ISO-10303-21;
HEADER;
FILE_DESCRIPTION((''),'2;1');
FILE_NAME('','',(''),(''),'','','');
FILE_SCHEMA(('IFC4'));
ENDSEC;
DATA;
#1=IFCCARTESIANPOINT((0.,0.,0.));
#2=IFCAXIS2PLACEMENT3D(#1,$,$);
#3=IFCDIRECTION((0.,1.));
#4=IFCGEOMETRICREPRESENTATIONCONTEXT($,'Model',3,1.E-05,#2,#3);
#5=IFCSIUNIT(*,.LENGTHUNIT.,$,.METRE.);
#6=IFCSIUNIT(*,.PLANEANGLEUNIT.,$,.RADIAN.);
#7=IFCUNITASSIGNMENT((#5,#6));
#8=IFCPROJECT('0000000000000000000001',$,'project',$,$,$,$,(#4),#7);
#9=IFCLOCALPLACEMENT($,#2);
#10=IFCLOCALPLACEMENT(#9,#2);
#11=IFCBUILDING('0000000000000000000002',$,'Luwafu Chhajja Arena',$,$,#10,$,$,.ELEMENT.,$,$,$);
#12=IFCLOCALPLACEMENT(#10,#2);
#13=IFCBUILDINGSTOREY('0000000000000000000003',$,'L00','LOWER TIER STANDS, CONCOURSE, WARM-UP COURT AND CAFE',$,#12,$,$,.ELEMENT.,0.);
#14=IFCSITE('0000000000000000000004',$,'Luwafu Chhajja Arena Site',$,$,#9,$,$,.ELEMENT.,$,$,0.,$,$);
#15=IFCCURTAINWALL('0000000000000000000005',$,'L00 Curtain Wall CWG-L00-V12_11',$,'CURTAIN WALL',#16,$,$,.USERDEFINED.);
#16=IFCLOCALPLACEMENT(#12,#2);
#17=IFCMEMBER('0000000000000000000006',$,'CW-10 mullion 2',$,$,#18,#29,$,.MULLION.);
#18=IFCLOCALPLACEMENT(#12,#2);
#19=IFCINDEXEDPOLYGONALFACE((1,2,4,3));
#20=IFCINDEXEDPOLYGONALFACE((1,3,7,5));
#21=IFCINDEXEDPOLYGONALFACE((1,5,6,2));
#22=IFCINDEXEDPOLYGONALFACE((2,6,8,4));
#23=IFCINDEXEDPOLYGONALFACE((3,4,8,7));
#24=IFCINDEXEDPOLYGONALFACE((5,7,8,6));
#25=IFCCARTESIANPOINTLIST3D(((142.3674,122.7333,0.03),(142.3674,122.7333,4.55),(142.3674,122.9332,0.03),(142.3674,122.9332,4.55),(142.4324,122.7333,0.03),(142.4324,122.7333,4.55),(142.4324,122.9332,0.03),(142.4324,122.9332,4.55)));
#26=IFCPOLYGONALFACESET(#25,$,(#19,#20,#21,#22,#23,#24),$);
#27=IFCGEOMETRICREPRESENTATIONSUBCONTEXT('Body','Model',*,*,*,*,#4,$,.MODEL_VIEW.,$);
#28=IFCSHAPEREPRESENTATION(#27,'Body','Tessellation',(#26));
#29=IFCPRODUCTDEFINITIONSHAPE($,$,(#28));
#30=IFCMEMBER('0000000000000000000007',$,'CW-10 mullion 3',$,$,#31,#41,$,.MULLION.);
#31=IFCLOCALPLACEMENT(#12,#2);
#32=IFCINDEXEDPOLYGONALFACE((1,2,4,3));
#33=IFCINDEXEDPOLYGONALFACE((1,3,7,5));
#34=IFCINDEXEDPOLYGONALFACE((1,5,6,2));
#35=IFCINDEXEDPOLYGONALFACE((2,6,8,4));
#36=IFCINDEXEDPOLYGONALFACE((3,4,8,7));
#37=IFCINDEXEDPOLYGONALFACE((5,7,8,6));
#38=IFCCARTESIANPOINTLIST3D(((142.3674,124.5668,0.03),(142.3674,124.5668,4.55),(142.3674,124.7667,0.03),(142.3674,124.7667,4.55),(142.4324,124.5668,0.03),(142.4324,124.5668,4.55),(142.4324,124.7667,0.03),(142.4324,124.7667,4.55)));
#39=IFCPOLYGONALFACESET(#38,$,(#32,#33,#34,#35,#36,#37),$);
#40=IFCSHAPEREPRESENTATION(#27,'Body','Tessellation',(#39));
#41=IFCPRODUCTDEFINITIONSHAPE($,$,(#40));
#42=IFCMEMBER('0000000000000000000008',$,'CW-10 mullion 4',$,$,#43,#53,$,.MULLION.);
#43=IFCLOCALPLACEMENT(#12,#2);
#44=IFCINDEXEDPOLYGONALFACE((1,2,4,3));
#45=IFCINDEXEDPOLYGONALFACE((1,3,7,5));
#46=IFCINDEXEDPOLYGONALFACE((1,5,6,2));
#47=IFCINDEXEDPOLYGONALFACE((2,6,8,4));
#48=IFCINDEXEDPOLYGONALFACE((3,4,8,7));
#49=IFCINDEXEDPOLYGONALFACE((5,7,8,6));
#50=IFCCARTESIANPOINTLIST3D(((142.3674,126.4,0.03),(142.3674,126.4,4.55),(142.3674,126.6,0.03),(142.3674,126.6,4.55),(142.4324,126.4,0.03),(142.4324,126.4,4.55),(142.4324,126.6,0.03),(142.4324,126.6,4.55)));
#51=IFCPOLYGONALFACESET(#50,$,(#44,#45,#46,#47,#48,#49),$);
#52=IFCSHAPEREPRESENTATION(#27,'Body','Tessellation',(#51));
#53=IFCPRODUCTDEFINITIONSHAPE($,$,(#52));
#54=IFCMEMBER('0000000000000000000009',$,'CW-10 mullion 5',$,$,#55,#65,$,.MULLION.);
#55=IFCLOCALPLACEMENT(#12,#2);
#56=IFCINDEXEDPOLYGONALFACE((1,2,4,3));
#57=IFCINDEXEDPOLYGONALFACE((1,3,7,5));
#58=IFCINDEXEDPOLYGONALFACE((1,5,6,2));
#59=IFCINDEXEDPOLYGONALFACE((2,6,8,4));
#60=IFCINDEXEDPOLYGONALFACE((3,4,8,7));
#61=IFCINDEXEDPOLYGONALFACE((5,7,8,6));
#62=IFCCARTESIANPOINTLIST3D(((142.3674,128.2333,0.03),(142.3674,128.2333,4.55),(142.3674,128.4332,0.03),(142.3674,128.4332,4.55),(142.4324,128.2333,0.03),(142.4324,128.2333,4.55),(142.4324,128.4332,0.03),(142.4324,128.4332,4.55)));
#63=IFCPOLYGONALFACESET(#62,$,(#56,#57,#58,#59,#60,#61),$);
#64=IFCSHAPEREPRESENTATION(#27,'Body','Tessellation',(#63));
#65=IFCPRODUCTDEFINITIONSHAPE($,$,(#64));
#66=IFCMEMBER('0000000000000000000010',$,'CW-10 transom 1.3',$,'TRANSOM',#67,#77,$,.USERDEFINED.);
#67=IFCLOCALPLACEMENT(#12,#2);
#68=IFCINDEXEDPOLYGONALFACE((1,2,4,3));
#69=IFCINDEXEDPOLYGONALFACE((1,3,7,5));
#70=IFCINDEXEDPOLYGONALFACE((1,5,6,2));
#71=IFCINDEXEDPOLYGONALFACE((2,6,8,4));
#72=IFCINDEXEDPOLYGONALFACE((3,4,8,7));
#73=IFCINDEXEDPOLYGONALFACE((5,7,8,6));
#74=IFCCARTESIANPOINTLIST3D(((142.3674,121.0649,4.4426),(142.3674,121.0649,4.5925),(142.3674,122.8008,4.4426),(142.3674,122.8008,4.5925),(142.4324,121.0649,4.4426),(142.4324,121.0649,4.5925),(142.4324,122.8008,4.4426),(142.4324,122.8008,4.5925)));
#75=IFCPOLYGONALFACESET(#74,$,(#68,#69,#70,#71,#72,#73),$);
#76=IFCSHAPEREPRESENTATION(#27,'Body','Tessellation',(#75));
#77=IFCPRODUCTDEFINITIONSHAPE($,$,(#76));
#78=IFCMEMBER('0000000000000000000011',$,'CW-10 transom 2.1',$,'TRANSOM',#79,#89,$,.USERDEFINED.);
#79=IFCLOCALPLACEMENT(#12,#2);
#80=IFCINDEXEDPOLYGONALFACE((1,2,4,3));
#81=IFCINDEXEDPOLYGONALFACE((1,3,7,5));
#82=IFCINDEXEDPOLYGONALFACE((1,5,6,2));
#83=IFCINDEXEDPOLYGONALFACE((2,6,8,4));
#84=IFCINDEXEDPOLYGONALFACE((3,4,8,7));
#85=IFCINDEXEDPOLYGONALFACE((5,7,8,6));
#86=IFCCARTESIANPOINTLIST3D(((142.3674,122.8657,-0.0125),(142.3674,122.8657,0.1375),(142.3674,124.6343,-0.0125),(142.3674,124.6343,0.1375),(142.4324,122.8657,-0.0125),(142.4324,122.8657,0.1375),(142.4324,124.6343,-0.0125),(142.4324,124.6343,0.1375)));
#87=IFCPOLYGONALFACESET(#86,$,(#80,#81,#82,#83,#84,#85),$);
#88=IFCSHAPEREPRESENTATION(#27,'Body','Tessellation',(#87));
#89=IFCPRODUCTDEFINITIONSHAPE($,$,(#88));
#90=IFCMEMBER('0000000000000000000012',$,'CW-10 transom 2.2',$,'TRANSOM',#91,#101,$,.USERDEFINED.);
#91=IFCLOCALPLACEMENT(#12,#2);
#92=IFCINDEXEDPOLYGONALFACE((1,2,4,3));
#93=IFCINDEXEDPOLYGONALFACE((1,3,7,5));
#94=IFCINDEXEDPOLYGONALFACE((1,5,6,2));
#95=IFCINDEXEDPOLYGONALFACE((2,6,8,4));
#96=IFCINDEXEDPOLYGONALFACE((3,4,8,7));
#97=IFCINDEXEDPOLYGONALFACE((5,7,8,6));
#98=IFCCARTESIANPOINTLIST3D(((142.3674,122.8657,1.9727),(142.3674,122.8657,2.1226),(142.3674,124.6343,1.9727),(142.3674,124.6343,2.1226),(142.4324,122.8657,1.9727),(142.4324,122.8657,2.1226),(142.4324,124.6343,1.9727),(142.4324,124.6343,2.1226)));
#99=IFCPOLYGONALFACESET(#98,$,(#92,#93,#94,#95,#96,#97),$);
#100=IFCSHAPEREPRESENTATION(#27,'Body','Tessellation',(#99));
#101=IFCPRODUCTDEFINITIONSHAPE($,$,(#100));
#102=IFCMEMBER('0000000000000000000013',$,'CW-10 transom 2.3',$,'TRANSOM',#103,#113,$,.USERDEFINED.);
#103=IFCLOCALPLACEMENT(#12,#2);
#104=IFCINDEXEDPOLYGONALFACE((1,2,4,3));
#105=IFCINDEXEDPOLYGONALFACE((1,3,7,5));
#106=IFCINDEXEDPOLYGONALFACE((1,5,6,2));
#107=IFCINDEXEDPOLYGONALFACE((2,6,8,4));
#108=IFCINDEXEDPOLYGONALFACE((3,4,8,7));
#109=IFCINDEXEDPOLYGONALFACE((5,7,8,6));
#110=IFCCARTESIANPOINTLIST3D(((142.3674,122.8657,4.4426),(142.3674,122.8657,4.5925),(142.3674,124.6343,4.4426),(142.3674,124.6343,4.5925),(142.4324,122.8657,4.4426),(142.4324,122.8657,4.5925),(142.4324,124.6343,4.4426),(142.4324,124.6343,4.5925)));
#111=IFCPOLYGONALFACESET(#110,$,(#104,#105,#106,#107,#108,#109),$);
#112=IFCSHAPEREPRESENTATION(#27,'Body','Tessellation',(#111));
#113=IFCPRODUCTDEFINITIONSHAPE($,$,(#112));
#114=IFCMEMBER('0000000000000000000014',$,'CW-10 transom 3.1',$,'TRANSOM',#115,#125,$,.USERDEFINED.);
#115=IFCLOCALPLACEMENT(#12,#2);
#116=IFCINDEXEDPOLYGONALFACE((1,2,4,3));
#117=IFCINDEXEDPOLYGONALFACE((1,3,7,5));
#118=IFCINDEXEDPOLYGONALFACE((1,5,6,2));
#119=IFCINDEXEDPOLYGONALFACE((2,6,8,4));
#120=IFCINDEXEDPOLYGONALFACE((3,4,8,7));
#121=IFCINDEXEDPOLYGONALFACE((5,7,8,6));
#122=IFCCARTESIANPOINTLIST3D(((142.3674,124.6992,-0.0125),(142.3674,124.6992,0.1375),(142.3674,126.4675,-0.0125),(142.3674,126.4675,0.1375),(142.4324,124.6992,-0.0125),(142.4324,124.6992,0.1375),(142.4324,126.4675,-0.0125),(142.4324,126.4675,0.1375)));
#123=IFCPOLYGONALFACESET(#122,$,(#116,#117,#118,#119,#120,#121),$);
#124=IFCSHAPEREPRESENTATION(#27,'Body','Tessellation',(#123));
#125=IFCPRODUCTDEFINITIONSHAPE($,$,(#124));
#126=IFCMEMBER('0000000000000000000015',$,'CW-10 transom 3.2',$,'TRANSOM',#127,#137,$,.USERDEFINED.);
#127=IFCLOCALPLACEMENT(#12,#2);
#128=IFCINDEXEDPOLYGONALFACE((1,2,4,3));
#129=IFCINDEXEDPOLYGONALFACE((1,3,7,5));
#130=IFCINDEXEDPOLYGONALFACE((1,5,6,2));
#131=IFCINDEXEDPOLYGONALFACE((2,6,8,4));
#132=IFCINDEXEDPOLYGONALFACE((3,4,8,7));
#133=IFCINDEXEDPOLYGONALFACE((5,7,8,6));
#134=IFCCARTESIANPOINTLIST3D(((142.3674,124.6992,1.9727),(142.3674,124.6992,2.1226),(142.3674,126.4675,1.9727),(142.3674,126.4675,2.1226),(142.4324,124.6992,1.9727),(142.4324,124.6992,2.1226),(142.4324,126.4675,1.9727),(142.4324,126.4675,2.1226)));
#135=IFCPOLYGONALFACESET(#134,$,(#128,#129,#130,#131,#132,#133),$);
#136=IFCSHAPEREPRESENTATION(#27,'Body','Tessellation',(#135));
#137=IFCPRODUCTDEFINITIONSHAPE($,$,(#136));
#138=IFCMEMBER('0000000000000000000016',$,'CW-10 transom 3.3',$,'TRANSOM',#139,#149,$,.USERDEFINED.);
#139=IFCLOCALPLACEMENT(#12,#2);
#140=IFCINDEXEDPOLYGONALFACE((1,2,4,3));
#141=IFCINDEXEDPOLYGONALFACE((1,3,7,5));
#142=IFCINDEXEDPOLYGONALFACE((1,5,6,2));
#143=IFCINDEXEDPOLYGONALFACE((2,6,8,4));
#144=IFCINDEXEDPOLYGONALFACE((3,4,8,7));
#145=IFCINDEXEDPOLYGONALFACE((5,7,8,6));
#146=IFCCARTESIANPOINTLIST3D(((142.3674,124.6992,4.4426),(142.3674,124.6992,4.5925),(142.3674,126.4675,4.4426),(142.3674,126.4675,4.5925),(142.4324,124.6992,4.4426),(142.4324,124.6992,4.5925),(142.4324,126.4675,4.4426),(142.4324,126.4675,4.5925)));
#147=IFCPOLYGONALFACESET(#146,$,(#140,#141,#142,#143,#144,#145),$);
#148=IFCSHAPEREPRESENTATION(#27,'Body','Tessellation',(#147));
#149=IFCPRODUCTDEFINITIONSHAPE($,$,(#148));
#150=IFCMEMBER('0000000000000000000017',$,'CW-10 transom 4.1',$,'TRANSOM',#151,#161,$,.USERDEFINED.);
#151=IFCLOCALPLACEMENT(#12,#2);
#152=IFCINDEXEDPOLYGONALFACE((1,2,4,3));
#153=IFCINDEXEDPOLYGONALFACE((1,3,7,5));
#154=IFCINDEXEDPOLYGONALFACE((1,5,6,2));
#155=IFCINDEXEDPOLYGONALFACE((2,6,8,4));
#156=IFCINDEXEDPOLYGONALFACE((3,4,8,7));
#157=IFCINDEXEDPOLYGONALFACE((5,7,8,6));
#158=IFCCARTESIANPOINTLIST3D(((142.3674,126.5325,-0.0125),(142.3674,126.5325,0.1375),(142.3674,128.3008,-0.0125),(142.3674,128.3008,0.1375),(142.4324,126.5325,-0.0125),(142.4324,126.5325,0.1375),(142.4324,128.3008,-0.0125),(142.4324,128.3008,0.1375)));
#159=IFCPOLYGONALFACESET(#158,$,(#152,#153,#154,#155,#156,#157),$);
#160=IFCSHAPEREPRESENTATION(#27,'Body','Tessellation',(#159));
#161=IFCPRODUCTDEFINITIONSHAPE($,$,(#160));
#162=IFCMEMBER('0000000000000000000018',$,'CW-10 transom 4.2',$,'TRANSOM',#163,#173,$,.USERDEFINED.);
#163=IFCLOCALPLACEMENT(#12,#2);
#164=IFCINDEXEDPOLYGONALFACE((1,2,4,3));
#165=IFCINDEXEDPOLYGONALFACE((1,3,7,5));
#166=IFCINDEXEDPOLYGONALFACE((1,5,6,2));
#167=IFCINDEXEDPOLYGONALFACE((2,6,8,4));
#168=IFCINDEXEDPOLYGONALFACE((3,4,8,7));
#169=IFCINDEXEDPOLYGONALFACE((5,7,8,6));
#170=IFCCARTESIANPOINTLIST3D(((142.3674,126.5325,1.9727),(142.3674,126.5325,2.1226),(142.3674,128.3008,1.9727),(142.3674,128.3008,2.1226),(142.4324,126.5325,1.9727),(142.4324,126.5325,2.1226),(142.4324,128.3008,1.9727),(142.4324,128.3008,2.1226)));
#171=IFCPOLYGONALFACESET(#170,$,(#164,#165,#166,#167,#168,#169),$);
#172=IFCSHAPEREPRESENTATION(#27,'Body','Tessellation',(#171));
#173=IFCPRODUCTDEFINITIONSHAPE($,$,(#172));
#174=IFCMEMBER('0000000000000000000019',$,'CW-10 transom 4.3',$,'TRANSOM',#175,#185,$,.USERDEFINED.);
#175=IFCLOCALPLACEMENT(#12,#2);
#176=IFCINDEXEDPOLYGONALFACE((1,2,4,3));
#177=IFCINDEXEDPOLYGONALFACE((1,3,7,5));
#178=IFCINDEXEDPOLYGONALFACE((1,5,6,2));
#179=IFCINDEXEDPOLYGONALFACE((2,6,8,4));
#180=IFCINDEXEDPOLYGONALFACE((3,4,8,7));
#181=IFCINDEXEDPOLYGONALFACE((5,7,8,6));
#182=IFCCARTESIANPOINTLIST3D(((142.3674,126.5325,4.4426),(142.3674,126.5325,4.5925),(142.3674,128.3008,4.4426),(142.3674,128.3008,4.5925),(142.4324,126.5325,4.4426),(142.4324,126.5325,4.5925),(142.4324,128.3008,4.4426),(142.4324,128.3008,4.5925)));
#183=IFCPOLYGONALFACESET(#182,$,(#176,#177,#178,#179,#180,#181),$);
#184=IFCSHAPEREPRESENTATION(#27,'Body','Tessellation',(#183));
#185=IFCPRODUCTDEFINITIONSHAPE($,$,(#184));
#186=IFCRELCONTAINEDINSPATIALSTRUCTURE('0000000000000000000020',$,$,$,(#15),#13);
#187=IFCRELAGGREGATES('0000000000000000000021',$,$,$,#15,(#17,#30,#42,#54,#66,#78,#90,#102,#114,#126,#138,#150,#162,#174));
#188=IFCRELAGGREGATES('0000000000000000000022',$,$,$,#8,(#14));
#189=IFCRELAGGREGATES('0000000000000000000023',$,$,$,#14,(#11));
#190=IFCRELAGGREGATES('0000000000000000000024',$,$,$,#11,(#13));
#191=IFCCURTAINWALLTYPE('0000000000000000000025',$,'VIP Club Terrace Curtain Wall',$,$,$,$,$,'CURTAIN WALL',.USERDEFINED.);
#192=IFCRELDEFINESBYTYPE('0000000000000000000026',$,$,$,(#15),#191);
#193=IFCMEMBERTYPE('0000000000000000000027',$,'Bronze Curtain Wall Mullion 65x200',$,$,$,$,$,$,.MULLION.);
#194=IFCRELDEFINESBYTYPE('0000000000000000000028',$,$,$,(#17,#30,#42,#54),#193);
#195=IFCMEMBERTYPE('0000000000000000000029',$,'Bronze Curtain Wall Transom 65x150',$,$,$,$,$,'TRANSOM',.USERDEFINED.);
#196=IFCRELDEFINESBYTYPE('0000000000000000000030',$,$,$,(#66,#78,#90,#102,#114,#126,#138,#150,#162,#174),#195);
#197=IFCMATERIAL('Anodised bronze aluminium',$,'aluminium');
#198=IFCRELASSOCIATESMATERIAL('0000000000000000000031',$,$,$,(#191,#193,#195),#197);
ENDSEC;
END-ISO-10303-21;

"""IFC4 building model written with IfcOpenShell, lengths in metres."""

from ifc_helpers import new_model, si_unit, direction, frame, origin, origin_2d, place, context, subcontext, project, spatial, rectangle, extrude, material, material_profile, profile_set, type_object, element, aggregate, save


model = new_model("IFC4")

# Units and contexts
model_context = context("Model", 3, precision=1e-05, world=origin(), true_north=direction((0.0, 1.0)))
body_context = subcontext(model_context, "Body", "Model", "MODEL_VIEW")
ifc_project = project(units=[si_unit("LENGTHUNIT", "METRE"), si_unit("PLANEANGLEUNIT", "RADIAN")], contexts=[model_context])

# Site, building, storey
site_placement = place(None, origin())
site = spatial("IfcSite", under=ifc_project, at=site_placement, Name="Luwafu Chhajja Arena Site", CompositionType="ELEMENT", RefElevation=0.0)
building_placement = place(site_placement, origin())
building = spatial("IfcBuilding", under=site, at=building_placement, Name="Luwafu Chhajja Arena", CompositionType="ELEMENT")
storey_placement = place(building_placement, origin())
storey = spatial("IfcBuildingStorey", under=building, at=storey_placement, Name="L00", Description="LOWER TIER STANDS, CONCOURSE, WARM-UP COURT AND CAFE", CompositionType="ELEMENT", Elevation=0.0)

# Curtain wall, members
ifc_material_1 = material(Name="Anodised bronze aluminium", Category="aluminium")
curtain_wall_type = type_object("IfcCurtainWallType", Name="VIP Club Terrace Curtain Wall", ElementType="CURTAIN WALL", PredefinedType="USERDEFINED", material=ifc_material_1)
curtain_wall_placement = place(storey_placement, origin())
curtain_wall = element("IfcCurtainWall", 1, at=curtain_wall_placement, inside=storey, type_object=curtain_wall_type, Name="L00 Curtain Wall CWG-L00-V12_11", ObjectType="CURTAIN WALL", PredefinedType="USERDEFINED")
ifc_material_profile_1 = material_profile(ifc_material_1, rectangle(XDim=0.0649, YDim=0.2, at=origin_2d()), Name="CWM 65x200")
ifc_profile_set_1 = profile_set([ifc_material_profile_1], Name="Anodised bronze aluminium")
member_type_1 = type_object("IfcMemberType", Name="Bronze Curtain Wall Mullion 65x200", PredefinedType="MULLION", material=ifc_profile_set_1)
member_1_placement = place(storey_placement, frame((142.3999, 122.8333, 0.03), z_axis=(0.0, 0.0, 1.0), x_axis=(-1.0, 0.0, 0.0)))
member_1 = element("IfcMember", 2, at=member_1_placement, type_object=member_type_1, Name="CW-10 mullion 2", PredefinedType="MULLION", context=body_context, shape_type="SweptSolid", body=[
    extrude(rectangle(XDim=0.0649, YDim=0.2, at=origin_2d()), origin(), (0.0, 0.0, 1.0), 4.52),
])
member_2_placement = place(storey_placement, frame((142.3999, 124.6667, 0.03), z_axis=(0.0, 0.0, 1.0), x_axis=(-1.0, 0.0, 0.0)))
member_2 = element("IfcMember", 3, at=member_2_placement, type_object=member_type_1, Name="CW-10 mullion 3", PredefinedType="MULLION", context=body_context, shape_type="SweptSolid", body=[
    extrude(rectangle(XDim=0.0649, YDim=0.2, at=origin_2d()), origin(), (0.0, 0.0, 1.0), 4.52),
])
member_3_placement = place(storey_placement, frame((142.3999, 126.5, 0.03), z_axis=(0.0, 0.0, 1.0), x_axis=(-1.0, 0.0, 0.0)))
member_3 = element("IfcMember", 4, at=member_3_placement, type_object=member_type_1, Name="CW-10 mullion 4", PredefinedType="MULLION", context=body_context, shape_type="SweptSolid", body=[
    extrude(rectangle(XDim=0.0649, YDim=0.2, at=origin_2d()), origin(), (0.0, 0.0, 1.0), 4.52),
])
member_4_placement = place(storey_placement, frame((142.3999, 128.3333, 0.03), z_axis=(0.0, 0.0, 1.0), x_axis=(-1.0, 0.0, 0.0)))
member_4 = element("IfcMember", 5, at=member_4_placement, type_object=member_type_1, Name="CW-10 mullion 5", PredefinedType="MULLION", context=body_context, shape_type="SweptSolid", body=[
    extrude(rectangle(XDim=0.0649, YDim=0.2, at=origin_2d()), origin(), (0.0, 0.0, 1.0), 4.52),
])
ifc_material_profile_2 = material_profile(ifc_material_1, rectangle(XDim=0.0649, YDim=0.1499, at=origin_2d()), Name="CWT 65x150")
ifc_profile_set_2 = profile_set([ifc_material_profile_2], Name="Anodised bronze aluminium")
member_type_2 = type_object("IfcMemberType", Name="Bronze Curtain Wall Transom 65x150", ElementType="TRANSOM", PredefinedType="USERDEFINED", material=ifc_profile_set_2)
member_5_placement = place(storey_placement, frame((142.3999, 121.0649, 4.5176), z_axis=(0.0, 1.0, 0.0), x_axis=(-1.0, 0.0, 0.0)))
member_5 = element("IfcMember", 6, at=member_5_placement, type_object=member_type_2, Name="CW-10 transom 1.3", ObjectType="TRANSOM", PredefinedType="USERDEFINED", context=body_context, shape_type="SweptSolid", body=[
    extrude(rectangle(XDim=0.0649, YDim=0.1499, at=origin_2d()), origin(), (0.0, 0.0, 1.0), 1.7358),
])
member_6_placement = place(storey_placement, frame((142.3999, 122.8657, 0.0625), z_axis=(0.0, 1.0, 0.0), x_axis=(-1.0, 0.0, 0.0)))
member_6 = element("IfcMember", 7, at=member_6_placement, type_object=member_type_2, Name="CW-10 transom 2.1", ObjectType="TRANSOM", PredefinedType="USERDEFINED", context=body_context, shape_type="SweptSolid", body=[
    extrude(rectangle(XDim=0.0649, YDim=0.1499, at=origin_2d()), origin(), (0.0, 0.0, 1.0), 1.7686),
])
member_7_placement = place(storey_placement, frame((142.3999, 122.8657, 2.0476), z_axis=(0.0, 1.0, 0.0), x_axis=(-1.0, 0.0, 0.0)))
member_7 = element("IfcMember", 8, at=member_7_placement, type_object=member_type_2, Name="CW-10 transom 2.2", ObjectType="TRANSOM", PredefinedType="USERDEFINED", context=body_context, shape_type="SweptSolid", body=[
    extrude(rectangle(XDim=0.0649, YDim=0.1499, at=origin_2d()), origin(), (0.0, 0.0, 1.0), 1.7686),
])
member_8_placement = place(storey_placement, frame((142.3999, 122.8657, 4.5176), z_axis=(0.0, 1.0, 0.0), x_axis=(-1.0, 0.0, 0.0)))
member_8 = element("IfcMember", 9, at=member_8_placement, type_object=member_type_2, Name="CW-10 transom 2.3", ObjectType="TRANSOM", PredefinedType="USERDEFINED", context=body_context, shape_type="SweptSolid", body=[
    extrude(rectangle(XDim=0.0649, YDim=0.1499, at=origin_2d()), origin(), (0.0, 0.0, 1.0), 1.7686),
])
member_9_placement = place(storey_placement, frame((142.3999, 124.6992, 0.0625), z_axis=(0.0, 1.0, 0.0), x_axis=(-1.0, 0.0, 0.0)))
member_9 = element("IfcMember", 10, at=member_9_placement, type_object=member_type_2, Name="CW-10 transom 3.1", ObjectType="TRANSOM", PredefinedType="USERDEFINED", context=body_context, shape_type="SweptSolid", body=[
    extrude(rectangle(XDim=0.0649, YDim=0.1499, at=origin_2d()), origin(), (0.0, 0.0, 1.0), 1.7683),
])
member_10_placement = place(storey_placement, frame((142.3999, 124.6992, 2.0476), z_axis=(0.0, 1.0, 0.0), x_axis=(-1.0, 0.0, 0.0)))
member_10 = element("IfcMember", 11, at=member_10_placement, type_object=member_type_2, Name="CW-10 transom 3.2", ObjectType="TRANSOM", PredefinedType="USERDEFINED", context=body_context, shape_type="SweptSolid", body=[
    extrude(rectangle(XDim=0.0649, YDim=0.1499, at=origin_2d()), origin(), (0.0, 0.0, 1.0), 1.7683),
])
member_11_placement = place(storey_placement, frame((142.3999, 124.6992, 4.5176), z_axis=(0.0, 1.0, 0.0), x_axis=(-1.0, 0.0, 0.0)))
member_11 = element("IfcMember", 12, at=member_11_placement, type_object=member_type_2, Name="CW-10 transom 3.3", ObjectType="TRANSOM", PredefinedType="USERDEFINED", context=body_context, shape_type="SweptSolid", body=[
    extrude(rectangle(XDim=0.0649, YDim=0.1499, at=origin_2d()), origin(), (0.0, 0.0, 1.0), 1.7683),
])
member_12_placement = place(storey_placement, frame((142.3999, 126.5325, 0.0625), z_axis=(0.0, 1.0, 0.0), x_axis=(-1.0, 0.0, 0.0)))
member_12 = element("IfcMember", 13, at=member_12_placement, type_object=member_type_2, Name="CW-10 transom 4.1", ObjectType="TRANSOM", PredefinedType="USERDEFINED", context=body_context, shape_type="SweptSolid", body=[
    extrude(rectangle(XDim=0.0649, YDim=0.1499, at=origin_2d()), origin(), (0.0, 0.0, 1.0), 1.7683),
])
member_13_placement = place(storey_placement, frame((142.3999, 126.5325, 2.0476), z_axis=(0.0, 1.0, 0.0), x_axis=(-1.0, 0.0, 0.0)))
member_13 = element("IfcMember", 14, at=member_13_placement, type_object=member_type_2, Name="CW-10 transom 4.2", ObjectType="TRANSOM", PredefinedType="USERDEFINED", context=body_context, shape_type="SweptSolid", body=[
    extrude(rectangle(XDim=0.0649, YDim=0.1499, at=origin_2d()), origin(), (0.0, 0.0, 1.0), 1.7683),
])
member_14_placement = place(storey_placement, frame((142.3999, 126.5325, 4.5176), z_axis=(0.0, 1.0, 0.0), x_axis=(-1.0, 0.0, 0.0)))
member_14 = element("IfcMember", 15, at=member_14_placement, type_object=member_type_2, Name="CW-10 transom 4.3", ObjectType="TRANSOM", PredefinedType="USERDEFINED", context=body_context, shape_type="SweptSolid", body=[
    extrude(rectangle(XDim=0.0649, YDim=0.1499, at=origin_2d()), origin(), (0.0, 0.0, 1.0), 1.7683),
])
aggregate(curtain_wall, [member_1, member_2, member_3, member_4, member_5, member_6, member_7, member_8, member_9, member_10, member_11, member_12, member_13, member_14])

save(model, "model.ifc")
